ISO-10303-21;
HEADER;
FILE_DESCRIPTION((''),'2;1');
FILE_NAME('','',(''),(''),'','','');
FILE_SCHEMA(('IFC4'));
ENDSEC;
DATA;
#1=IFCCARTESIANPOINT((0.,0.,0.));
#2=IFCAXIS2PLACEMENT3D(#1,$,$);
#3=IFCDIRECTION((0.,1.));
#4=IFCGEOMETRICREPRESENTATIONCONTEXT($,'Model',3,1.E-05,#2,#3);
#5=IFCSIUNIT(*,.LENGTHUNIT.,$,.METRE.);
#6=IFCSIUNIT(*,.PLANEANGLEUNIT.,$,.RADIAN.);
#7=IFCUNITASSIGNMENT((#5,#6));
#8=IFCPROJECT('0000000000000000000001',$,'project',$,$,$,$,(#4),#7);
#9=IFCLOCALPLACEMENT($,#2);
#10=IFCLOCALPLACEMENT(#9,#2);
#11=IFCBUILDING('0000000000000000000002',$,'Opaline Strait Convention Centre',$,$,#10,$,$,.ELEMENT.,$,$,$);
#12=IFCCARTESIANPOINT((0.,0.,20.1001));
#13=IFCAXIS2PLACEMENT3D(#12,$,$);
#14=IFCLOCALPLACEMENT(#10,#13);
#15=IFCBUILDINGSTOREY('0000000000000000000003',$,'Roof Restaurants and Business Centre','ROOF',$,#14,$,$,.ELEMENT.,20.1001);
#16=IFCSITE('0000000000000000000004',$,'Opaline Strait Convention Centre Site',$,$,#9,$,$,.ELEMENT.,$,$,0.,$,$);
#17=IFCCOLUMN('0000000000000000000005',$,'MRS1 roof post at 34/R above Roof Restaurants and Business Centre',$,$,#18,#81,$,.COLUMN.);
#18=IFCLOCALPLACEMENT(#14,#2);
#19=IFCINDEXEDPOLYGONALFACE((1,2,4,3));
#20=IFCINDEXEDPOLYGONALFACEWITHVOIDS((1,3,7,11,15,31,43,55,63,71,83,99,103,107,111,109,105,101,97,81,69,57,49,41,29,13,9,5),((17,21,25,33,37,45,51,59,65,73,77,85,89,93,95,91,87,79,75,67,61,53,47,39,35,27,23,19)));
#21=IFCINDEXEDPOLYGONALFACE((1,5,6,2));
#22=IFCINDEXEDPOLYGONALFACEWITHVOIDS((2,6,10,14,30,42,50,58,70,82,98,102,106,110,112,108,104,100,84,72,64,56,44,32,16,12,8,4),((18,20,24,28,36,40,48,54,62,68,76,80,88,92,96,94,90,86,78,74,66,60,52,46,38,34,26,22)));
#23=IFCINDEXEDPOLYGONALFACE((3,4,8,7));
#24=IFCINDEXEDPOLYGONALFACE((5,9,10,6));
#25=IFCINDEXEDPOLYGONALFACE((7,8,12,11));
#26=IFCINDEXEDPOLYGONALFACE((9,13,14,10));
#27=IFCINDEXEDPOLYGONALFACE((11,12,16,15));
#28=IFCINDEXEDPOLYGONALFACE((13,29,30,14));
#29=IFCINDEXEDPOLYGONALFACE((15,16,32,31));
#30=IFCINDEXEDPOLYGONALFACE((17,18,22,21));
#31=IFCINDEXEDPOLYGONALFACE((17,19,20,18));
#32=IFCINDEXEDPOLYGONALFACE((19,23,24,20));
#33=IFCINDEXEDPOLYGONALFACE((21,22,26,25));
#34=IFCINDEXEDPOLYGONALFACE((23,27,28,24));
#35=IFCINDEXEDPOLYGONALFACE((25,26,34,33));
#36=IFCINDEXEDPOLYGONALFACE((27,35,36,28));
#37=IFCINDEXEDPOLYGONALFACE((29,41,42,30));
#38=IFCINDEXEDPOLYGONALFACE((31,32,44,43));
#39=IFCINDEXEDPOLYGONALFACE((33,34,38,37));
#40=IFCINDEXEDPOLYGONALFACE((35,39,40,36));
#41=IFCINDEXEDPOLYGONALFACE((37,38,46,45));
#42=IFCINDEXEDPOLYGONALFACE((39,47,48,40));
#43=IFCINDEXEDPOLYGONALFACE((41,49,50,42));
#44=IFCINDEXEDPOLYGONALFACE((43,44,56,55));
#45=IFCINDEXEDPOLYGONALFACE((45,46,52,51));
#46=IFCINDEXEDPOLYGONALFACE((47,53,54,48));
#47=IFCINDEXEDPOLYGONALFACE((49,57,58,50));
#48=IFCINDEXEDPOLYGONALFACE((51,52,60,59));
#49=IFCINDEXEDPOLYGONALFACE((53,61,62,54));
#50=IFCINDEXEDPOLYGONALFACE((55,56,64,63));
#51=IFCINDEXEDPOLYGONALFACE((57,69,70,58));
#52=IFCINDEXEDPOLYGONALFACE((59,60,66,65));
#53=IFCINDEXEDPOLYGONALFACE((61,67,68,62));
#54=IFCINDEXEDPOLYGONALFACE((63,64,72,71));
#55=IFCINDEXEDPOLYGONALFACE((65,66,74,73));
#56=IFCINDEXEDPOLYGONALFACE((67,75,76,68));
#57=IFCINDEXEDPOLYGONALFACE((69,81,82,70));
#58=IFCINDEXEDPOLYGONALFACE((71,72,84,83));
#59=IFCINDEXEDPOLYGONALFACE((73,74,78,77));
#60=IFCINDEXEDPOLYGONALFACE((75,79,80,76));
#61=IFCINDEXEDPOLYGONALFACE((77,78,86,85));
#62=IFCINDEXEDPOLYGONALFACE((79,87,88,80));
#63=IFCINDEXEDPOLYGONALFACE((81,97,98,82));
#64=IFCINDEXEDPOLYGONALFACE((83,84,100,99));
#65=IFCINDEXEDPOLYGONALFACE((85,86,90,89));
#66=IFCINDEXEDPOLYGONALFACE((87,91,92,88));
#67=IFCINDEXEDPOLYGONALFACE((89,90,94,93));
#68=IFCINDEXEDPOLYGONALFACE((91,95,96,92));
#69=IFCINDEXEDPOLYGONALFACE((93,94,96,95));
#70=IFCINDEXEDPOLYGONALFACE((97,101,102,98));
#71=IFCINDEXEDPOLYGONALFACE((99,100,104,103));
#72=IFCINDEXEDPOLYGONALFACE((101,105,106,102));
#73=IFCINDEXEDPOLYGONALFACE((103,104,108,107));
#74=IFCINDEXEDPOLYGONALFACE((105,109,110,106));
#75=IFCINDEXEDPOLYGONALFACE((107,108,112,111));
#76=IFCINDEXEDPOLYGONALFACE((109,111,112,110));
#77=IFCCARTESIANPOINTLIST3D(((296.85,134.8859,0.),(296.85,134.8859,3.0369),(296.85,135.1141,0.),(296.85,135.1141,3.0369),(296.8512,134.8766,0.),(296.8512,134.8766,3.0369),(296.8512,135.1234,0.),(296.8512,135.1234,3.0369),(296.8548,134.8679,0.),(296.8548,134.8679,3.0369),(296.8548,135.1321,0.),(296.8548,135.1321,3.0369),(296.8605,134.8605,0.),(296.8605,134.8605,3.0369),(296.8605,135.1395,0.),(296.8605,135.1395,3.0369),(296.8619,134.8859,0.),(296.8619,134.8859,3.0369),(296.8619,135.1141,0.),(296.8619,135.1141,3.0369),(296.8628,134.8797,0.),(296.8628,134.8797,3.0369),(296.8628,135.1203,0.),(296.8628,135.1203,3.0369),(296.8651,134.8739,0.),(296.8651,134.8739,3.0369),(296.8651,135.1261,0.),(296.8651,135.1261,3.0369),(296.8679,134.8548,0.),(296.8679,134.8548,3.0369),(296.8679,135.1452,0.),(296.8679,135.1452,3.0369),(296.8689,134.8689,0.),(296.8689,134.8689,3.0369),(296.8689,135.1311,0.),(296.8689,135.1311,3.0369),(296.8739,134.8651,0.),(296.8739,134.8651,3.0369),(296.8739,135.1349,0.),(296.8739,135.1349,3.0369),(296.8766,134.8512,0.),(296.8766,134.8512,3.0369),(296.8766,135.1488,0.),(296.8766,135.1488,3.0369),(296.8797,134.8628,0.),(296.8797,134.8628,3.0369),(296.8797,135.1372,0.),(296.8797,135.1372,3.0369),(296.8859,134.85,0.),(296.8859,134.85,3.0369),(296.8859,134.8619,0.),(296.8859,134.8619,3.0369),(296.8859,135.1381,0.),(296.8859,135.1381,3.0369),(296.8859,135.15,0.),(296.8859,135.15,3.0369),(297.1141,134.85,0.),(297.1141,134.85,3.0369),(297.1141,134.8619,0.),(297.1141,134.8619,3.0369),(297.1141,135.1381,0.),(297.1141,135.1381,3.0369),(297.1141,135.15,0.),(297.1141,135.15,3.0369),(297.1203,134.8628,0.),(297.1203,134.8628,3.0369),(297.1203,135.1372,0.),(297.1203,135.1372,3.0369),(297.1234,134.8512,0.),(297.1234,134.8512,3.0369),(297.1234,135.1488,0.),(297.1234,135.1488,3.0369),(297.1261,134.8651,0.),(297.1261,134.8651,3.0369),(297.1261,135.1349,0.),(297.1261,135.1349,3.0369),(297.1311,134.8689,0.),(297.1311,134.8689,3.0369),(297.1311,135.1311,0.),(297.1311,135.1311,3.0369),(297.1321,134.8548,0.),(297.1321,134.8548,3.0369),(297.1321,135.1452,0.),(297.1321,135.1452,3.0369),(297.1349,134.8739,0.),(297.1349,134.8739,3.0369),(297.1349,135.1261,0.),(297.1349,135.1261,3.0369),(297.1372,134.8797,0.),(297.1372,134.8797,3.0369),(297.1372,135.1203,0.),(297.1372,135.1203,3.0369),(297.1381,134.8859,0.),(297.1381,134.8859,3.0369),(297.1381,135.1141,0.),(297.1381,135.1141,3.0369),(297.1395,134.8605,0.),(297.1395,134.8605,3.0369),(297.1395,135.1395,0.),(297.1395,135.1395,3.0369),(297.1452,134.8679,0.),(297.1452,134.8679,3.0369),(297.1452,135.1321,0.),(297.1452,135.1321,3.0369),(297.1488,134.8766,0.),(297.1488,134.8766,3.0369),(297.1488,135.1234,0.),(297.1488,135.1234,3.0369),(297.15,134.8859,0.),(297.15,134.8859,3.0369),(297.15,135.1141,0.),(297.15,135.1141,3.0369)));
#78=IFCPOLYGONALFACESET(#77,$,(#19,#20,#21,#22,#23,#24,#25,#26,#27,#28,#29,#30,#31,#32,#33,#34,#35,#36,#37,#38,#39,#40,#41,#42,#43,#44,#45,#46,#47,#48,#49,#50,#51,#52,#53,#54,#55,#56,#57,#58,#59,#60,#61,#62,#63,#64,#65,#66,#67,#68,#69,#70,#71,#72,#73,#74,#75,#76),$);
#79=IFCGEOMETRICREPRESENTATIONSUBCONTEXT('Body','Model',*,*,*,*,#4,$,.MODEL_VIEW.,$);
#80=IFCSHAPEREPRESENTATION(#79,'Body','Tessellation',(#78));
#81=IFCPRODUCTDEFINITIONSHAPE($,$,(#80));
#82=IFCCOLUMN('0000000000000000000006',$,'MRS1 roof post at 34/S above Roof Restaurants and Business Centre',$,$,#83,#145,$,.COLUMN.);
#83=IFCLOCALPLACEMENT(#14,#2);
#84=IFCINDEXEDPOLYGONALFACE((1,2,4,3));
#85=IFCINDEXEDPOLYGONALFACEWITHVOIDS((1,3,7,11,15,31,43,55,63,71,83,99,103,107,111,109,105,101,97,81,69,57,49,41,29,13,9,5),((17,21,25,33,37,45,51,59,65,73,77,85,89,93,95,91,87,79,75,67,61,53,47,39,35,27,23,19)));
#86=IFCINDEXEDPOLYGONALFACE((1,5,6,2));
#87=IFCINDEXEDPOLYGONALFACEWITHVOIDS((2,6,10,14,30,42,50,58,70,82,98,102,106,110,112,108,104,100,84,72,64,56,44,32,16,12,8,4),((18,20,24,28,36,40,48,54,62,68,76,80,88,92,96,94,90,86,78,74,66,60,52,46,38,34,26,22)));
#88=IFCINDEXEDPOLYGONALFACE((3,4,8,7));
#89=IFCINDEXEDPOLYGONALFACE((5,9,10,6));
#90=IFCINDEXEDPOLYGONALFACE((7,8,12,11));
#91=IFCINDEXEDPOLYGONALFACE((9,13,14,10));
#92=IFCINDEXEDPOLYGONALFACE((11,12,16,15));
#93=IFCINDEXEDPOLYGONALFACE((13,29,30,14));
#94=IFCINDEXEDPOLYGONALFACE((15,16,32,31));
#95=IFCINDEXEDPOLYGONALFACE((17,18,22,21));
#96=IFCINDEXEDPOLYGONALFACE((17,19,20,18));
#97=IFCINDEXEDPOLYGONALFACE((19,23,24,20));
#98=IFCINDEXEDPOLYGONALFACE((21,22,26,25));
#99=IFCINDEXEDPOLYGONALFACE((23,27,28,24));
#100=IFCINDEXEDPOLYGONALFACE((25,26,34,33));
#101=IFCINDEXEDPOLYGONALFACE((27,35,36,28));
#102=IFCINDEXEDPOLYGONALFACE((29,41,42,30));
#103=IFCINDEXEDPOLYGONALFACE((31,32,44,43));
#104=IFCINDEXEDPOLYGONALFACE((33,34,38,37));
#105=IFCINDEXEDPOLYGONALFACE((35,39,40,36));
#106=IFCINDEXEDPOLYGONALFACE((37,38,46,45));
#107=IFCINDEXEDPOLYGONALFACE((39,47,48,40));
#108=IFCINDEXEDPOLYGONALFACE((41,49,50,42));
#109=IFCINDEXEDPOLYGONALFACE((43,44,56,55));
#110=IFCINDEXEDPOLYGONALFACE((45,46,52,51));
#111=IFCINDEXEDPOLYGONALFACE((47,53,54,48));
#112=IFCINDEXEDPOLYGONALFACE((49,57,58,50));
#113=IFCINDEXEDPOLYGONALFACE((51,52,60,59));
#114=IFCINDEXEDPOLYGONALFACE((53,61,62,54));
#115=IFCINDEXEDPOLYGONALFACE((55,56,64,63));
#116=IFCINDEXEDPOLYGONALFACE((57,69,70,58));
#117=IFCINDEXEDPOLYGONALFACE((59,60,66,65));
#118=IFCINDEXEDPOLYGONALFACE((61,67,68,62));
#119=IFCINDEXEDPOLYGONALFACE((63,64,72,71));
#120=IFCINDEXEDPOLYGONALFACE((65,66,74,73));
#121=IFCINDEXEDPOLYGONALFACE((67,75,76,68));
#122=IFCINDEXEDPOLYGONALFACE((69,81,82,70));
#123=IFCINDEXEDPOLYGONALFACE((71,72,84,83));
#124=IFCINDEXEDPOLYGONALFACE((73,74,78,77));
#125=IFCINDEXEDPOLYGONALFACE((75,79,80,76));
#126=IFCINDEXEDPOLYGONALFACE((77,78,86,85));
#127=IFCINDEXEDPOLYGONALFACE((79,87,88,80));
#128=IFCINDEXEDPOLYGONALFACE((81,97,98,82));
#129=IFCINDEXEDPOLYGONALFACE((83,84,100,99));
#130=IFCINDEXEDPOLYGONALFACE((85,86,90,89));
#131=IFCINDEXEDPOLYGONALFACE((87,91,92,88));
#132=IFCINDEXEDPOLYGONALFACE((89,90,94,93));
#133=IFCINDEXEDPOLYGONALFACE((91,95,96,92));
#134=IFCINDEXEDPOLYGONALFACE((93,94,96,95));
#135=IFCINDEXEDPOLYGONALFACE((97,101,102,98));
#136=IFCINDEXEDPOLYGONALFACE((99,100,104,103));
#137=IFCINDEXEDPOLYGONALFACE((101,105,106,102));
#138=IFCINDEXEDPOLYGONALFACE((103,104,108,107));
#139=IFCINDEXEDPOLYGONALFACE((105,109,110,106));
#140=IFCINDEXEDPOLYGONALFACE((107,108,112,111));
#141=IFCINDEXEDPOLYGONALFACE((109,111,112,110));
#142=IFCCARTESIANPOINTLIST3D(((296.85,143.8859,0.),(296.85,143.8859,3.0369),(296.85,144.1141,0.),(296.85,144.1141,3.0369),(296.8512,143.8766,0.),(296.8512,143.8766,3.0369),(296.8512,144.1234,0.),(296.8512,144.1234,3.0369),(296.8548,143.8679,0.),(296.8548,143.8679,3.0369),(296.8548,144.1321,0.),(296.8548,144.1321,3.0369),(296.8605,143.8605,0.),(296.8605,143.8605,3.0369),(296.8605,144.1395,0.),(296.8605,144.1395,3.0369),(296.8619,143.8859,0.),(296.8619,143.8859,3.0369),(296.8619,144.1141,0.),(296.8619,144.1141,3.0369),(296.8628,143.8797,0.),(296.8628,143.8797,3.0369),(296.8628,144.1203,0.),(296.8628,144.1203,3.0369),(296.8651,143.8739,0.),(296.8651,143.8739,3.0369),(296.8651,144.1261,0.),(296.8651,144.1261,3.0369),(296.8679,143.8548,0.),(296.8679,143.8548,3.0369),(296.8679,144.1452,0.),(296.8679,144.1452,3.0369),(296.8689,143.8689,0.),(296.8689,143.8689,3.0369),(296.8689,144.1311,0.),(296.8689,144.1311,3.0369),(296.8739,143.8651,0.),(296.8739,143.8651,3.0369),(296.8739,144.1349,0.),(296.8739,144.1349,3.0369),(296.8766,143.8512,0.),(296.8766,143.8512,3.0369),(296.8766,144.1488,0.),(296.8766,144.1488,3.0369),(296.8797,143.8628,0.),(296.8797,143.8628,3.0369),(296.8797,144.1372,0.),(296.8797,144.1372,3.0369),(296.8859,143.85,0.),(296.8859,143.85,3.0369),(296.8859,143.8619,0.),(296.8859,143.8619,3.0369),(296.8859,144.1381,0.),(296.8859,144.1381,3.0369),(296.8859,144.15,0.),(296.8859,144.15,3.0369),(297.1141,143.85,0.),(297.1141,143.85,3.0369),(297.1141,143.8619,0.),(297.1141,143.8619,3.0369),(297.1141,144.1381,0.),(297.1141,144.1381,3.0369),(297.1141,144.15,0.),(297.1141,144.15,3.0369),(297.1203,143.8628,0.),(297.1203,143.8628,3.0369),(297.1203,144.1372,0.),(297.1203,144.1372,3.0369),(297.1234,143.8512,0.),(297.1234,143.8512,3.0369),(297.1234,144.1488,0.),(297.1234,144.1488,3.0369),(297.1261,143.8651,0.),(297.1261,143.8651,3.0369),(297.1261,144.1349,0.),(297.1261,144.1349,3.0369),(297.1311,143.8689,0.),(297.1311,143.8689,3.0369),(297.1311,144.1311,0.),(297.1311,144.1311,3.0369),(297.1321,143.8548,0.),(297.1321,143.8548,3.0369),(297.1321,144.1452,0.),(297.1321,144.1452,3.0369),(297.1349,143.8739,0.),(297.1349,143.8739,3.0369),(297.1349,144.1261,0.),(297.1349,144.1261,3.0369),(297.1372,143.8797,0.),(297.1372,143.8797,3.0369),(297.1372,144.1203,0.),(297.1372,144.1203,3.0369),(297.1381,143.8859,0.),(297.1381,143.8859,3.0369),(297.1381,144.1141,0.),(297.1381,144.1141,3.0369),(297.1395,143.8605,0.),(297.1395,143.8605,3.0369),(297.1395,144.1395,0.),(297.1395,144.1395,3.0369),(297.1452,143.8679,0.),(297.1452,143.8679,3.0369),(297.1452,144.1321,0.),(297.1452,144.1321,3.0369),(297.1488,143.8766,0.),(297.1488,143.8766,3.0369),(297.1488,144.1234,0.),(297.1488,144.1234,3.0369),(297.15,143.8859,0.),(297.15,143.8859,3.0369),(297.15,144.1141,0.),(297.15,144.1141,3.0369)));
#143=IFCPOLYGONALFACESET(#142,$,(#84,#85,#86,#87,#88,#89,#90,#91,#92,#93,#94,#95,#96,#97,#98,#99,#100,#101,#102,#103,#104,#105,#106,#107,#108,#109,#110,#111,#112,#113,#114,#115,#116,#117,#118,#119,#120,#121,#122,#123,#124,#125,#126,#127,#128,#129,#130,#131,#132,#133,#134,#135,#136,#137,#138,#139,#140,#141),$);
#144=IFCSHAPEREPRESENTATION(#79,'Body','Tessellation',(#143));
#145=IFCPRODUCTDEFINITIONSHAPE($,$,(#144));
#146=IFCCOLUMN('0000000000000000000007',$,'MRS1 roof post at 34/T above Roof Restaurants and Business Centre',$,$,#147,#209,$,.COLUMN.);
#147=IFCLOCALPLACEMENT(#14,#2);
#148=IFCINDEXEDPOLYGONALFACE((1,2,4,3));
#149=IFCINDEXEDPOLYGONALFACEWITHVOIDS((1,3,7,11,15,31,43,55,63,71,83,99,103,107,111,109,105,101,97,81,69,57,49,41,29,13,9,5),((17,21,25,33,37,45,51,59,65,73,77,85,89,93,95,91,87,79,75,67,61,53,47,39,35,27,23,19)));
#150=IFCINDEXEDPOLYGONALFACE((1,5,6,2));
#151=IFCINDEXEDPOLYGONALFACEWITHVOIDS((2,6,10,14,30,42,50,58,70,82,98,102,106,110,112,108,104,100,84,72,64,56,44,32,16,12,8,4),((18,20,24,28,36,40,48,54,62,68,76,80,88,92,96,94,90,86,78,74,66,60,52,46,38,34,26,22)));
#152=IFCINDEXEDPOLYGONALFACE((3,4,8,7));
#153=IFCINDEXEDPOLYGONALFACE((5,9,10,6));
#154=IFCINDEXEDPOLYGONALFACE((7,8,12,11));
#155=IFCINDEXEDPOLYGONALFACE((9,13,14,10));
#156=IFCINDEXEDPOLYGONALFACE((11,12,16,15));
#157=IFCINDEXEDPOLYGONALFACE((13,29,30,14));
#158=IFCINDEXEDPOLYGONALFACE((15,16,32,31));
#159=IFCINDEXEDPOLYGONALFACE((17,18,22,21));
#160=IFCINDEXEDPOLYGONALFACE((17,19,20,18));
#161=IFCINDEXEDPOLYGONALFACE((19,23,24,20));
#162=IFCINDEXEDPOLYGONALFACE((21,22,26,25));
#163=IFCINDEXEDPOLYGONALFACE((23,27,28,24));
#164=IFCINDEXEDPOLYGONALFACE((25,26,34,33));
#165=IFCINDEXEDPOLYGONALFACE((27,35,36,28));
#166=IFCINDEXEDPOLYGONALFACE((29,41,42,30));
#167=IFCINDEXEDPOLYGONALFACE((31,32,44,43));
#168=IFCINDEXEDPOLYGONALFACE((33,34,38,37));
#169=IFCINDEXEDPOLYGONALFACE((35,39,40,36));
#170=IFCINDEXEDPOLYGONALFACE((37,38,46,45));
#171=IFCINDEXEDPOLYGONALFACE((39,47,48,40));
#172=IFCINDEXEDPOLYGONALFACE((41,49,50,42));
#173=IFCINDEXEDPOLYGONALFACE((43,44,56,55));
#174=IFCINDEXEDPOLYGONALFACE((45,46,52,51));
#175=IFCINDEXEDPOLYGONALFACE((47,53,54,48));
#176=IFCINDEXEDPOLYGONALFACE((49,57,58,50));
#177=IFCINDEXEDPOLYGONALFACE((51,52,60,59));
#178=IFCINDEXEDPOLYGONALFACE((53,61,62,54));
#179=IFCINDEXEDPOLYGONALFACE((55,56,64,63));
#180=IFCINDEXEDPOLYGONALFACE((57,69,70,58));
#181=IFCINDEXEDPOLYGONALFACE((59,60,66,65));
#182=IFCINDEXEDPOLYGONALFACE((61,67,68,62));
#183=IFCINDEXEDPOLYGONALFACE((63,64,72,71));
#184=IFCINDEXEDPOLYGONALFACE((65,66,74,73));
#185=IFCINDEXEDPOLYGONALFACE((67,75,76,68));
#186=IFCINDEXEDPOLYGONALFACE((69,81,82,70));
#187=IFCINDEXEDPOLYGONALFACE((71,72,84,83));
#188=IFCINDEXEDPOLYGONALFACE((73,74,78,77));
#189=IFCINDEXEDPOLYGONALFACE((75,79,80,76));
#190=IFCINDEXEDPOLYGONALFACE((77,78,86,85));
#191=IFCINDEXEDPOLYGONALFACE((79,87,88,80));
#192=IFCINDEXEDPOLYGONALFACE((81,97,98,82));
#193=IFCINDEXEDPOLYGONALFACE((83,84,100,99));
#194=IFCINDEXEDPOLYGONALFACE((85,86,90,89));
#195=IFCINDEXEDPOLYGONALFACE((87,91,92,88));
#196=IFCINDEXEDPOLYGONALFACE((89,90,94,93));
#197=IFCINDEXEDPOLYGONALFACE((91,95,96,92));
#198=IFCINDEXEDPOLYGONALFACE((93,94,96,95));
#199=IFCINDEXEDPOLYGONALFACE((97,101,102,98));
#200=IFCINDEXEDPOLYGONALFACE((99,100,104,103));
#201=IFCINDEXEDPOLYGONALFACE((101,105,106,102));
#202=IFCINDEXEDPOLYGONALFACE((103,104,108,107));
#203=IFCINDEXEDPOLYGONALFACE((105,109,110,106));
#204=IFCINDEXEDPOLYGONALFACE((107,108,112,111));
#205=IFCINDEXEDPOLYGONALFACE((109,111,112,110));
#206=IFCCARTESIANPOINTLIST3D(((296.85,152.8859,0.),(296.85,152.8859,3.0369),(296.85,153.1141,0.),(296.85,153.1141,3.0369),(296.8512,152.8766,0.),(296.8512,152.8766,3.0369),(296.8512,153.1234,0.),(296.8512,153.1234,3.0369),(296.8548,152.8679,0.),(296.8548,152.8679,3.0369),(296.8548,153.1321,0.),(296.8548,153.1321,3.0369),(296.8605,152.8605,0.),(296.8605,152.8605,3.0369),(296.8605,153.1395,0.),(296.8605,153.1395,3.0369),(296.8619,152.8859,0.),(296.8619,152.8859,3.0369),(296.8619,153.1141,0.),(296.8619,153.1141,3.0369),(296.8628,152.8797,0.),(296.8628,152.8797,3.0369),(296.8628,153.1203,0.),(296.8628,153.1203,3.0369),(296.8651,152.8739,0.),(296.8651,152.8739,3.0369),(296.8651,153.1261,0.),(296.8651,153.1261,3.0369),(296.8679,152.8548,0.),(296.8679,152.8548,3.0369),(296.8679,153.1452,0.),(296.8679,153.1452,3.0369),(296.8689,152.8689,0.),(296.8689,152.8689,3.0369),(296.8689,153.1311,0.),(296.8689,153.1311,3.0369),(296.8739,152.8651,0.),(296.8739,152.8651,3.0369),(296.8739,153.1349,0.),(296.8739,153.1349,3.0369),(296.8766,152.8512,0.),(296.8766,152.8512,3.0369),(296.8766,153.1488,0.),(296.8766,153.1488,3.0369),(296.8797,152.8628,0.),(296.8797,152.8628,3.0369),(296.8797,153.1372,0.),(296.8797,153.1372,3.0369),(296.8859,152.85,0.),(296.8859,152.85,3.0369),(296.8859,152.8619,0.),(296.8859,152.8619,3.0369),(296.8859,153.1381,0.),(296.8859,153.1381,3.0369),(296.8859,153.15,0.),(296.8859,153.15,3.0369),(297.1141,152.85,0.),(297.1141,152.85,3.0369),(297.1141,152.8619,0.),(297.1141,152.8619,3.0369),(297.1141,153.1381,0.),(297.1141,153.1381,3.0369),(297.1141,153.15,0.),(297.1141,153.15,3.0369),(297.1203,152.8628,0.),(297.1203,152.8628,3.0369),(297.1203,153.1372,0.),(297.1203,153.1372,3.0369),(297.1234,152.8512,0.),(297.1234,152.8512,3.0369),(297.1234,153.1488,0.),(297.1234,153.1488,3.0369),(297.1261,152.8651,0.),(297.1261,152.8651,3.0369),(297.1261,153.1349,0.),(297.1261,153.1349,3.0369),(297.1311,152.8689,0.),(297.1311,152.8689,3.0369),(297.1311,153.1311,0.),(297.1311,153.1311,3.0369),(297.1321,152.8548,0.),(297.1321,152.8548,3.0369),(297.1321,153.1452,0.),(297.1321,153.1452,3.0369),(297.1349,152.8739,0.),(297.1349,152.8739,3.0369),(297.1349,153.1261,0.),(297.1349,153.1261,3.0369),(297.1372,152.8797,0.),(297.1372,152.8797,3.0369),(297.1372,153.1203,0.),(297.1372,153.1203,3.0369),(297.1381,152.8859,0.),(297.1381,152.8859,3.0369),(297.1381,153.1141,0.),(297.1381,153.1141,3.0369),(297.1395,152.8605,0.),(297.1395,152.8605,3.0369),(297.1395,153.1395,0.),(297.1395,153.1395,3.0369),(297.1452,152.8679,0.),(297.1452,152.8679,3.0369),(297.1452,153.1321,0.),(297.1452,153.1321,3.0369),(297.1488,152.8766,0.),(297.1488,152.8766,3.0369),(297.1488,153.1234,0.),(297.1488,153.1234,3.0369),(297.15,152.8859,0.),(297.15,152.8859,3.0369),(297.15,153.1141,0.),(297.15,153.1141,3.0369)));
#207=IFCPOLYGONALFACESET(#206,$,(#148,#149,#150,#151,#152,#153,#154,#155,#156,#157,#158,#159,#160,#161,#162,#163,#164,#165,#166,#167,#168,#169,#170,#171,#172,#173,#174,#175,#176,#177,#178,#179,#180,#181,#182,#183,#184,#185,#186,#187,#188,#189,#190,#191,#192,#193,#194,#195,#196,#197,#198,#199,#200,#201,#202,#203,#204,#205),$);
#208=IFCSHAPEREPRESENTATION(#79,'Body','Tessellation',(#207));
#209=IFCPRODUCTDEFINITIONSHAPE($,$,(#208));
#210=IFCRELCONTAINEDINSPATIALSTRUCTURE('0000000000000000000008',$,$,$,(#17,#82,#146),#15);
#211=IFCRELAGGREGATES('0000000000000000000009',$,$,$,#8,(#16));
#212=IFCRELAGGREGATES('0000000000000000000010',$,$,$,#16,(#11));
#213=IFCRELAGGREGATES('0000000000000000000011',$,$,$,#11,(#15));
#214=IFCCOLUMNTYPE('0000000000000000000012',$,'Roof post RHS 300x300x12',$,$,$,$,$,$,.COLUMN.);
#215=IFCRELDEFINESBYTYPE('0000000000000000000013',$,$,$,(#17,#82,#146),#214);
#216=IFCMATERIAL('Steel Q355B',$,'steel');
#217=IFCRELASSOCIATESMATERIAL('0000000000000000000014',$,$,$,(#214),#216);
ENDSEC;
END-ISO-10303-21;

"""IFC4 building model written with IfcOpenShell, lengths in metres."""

from ifc_helpers import new_model, si_unit, direction, frame, origin, origin_2d, place, context, subcontext, project, spatial, hollow_rectangle, extrude, material, material_profile, profile_set, type_object, element, save


model = new_model("IFC4")

# Units and contexts
model_context = context("Model", 3, precision=1e-05, world=origin(), true_north=direction((0.0, 1.0)))
body_context = subcontext(model_context, "Body", "Model", "MODEL_VIEW")
ifc_project = project(units=[si_unit("LENGTHUNIT", "METRE"), si_unit("PLANEANGLEUNIT", "RADIAN")], contexts=[model_context])

# Site, building, storey
site_placement = place(None, origin())
site = spatial("IfcSite", under=ifc_project, at=site_placement, Name="Opaline Strait Convention Centre Site", CompositionType="ELEMENT", RefElevation=0.0)
building_placement = place(site_placement, origin())
building = spatial("IfcBuilding", under=site, at=building_placement, Name="Opaline Strait Convention Centre", CompositionType="ELEMENT")
storey_placement = place(building_placement, frame((0.0, 0.0, 20.1001)))
storey = spatial("IfcBuildingStorey", under=building, at=storey_placement, Name="Roof Restaurants and Business Centre", Description="ROOF", CompositionType="ELEMENT", Elevation=20.1001)

# Columns
ifc_material = material(Name="Steel Q355B", Category="steel")
ifc_material_profile = material_profile(ifc_material, hollow_rectangle(XDim=0.3, YDim=0.3, WallThickness=0.012, InnerFilletRadius=0.0239, OuterFilletRadius=0.0359, at=origin_2d()), Name="RHS 300x300x12")
ifc_profile_set = profile_set([ifc_material_profile], Name="Steel Q355B")
column_type = type_object("IfcColumnType", Name="Roof post RHS 300x300x12", PredefinedType="COLUMN", material=ifc_profile_set)
for number, where, z_axis, x_axis, name in (
    (1, (297.0, 135.0, 0.0), (0.0, 0.0, 1.0), (1.0, 0.0, 0.0), "MRS1 roof post at 34/R above Roof Restaurants and Business Centre"),
    (2, (297.0, 144.0, 0.0), (0.0, 0.0, 1.0), (1.0, 0.0, 0.0), "MRS1 roof post at 34/S above Roof Restaurants and Business Centre"),
    (3, (297.0, 153.0, 0.0), (0.0, 0.0, 1.0), (1.0, 0.0, 0.0), "MRS1 roof post at 34/T above Roof Restaurants and Business Centre"),
):
    element("IfcColumn", number, at=place(storey_placement, frame(where, z_axis=z_axis, x_axis=x_axis)), inside=storey, type_object=column_type, Name=name, PredefinedType="COLUMN", context=body_context, shape_type="SweptSolid", body=[
        extrude(hollow_rectangle(XDim=0.3, YDim=0.3, WallThickness=0.012, InnerFilletRadius=0.0239, OuterFilletRadius=0.0359, at=origin_2d()), origin(), (0.0, 0.0, 1.0), 3.0369),
    ])

save(model, "model.ifc")
